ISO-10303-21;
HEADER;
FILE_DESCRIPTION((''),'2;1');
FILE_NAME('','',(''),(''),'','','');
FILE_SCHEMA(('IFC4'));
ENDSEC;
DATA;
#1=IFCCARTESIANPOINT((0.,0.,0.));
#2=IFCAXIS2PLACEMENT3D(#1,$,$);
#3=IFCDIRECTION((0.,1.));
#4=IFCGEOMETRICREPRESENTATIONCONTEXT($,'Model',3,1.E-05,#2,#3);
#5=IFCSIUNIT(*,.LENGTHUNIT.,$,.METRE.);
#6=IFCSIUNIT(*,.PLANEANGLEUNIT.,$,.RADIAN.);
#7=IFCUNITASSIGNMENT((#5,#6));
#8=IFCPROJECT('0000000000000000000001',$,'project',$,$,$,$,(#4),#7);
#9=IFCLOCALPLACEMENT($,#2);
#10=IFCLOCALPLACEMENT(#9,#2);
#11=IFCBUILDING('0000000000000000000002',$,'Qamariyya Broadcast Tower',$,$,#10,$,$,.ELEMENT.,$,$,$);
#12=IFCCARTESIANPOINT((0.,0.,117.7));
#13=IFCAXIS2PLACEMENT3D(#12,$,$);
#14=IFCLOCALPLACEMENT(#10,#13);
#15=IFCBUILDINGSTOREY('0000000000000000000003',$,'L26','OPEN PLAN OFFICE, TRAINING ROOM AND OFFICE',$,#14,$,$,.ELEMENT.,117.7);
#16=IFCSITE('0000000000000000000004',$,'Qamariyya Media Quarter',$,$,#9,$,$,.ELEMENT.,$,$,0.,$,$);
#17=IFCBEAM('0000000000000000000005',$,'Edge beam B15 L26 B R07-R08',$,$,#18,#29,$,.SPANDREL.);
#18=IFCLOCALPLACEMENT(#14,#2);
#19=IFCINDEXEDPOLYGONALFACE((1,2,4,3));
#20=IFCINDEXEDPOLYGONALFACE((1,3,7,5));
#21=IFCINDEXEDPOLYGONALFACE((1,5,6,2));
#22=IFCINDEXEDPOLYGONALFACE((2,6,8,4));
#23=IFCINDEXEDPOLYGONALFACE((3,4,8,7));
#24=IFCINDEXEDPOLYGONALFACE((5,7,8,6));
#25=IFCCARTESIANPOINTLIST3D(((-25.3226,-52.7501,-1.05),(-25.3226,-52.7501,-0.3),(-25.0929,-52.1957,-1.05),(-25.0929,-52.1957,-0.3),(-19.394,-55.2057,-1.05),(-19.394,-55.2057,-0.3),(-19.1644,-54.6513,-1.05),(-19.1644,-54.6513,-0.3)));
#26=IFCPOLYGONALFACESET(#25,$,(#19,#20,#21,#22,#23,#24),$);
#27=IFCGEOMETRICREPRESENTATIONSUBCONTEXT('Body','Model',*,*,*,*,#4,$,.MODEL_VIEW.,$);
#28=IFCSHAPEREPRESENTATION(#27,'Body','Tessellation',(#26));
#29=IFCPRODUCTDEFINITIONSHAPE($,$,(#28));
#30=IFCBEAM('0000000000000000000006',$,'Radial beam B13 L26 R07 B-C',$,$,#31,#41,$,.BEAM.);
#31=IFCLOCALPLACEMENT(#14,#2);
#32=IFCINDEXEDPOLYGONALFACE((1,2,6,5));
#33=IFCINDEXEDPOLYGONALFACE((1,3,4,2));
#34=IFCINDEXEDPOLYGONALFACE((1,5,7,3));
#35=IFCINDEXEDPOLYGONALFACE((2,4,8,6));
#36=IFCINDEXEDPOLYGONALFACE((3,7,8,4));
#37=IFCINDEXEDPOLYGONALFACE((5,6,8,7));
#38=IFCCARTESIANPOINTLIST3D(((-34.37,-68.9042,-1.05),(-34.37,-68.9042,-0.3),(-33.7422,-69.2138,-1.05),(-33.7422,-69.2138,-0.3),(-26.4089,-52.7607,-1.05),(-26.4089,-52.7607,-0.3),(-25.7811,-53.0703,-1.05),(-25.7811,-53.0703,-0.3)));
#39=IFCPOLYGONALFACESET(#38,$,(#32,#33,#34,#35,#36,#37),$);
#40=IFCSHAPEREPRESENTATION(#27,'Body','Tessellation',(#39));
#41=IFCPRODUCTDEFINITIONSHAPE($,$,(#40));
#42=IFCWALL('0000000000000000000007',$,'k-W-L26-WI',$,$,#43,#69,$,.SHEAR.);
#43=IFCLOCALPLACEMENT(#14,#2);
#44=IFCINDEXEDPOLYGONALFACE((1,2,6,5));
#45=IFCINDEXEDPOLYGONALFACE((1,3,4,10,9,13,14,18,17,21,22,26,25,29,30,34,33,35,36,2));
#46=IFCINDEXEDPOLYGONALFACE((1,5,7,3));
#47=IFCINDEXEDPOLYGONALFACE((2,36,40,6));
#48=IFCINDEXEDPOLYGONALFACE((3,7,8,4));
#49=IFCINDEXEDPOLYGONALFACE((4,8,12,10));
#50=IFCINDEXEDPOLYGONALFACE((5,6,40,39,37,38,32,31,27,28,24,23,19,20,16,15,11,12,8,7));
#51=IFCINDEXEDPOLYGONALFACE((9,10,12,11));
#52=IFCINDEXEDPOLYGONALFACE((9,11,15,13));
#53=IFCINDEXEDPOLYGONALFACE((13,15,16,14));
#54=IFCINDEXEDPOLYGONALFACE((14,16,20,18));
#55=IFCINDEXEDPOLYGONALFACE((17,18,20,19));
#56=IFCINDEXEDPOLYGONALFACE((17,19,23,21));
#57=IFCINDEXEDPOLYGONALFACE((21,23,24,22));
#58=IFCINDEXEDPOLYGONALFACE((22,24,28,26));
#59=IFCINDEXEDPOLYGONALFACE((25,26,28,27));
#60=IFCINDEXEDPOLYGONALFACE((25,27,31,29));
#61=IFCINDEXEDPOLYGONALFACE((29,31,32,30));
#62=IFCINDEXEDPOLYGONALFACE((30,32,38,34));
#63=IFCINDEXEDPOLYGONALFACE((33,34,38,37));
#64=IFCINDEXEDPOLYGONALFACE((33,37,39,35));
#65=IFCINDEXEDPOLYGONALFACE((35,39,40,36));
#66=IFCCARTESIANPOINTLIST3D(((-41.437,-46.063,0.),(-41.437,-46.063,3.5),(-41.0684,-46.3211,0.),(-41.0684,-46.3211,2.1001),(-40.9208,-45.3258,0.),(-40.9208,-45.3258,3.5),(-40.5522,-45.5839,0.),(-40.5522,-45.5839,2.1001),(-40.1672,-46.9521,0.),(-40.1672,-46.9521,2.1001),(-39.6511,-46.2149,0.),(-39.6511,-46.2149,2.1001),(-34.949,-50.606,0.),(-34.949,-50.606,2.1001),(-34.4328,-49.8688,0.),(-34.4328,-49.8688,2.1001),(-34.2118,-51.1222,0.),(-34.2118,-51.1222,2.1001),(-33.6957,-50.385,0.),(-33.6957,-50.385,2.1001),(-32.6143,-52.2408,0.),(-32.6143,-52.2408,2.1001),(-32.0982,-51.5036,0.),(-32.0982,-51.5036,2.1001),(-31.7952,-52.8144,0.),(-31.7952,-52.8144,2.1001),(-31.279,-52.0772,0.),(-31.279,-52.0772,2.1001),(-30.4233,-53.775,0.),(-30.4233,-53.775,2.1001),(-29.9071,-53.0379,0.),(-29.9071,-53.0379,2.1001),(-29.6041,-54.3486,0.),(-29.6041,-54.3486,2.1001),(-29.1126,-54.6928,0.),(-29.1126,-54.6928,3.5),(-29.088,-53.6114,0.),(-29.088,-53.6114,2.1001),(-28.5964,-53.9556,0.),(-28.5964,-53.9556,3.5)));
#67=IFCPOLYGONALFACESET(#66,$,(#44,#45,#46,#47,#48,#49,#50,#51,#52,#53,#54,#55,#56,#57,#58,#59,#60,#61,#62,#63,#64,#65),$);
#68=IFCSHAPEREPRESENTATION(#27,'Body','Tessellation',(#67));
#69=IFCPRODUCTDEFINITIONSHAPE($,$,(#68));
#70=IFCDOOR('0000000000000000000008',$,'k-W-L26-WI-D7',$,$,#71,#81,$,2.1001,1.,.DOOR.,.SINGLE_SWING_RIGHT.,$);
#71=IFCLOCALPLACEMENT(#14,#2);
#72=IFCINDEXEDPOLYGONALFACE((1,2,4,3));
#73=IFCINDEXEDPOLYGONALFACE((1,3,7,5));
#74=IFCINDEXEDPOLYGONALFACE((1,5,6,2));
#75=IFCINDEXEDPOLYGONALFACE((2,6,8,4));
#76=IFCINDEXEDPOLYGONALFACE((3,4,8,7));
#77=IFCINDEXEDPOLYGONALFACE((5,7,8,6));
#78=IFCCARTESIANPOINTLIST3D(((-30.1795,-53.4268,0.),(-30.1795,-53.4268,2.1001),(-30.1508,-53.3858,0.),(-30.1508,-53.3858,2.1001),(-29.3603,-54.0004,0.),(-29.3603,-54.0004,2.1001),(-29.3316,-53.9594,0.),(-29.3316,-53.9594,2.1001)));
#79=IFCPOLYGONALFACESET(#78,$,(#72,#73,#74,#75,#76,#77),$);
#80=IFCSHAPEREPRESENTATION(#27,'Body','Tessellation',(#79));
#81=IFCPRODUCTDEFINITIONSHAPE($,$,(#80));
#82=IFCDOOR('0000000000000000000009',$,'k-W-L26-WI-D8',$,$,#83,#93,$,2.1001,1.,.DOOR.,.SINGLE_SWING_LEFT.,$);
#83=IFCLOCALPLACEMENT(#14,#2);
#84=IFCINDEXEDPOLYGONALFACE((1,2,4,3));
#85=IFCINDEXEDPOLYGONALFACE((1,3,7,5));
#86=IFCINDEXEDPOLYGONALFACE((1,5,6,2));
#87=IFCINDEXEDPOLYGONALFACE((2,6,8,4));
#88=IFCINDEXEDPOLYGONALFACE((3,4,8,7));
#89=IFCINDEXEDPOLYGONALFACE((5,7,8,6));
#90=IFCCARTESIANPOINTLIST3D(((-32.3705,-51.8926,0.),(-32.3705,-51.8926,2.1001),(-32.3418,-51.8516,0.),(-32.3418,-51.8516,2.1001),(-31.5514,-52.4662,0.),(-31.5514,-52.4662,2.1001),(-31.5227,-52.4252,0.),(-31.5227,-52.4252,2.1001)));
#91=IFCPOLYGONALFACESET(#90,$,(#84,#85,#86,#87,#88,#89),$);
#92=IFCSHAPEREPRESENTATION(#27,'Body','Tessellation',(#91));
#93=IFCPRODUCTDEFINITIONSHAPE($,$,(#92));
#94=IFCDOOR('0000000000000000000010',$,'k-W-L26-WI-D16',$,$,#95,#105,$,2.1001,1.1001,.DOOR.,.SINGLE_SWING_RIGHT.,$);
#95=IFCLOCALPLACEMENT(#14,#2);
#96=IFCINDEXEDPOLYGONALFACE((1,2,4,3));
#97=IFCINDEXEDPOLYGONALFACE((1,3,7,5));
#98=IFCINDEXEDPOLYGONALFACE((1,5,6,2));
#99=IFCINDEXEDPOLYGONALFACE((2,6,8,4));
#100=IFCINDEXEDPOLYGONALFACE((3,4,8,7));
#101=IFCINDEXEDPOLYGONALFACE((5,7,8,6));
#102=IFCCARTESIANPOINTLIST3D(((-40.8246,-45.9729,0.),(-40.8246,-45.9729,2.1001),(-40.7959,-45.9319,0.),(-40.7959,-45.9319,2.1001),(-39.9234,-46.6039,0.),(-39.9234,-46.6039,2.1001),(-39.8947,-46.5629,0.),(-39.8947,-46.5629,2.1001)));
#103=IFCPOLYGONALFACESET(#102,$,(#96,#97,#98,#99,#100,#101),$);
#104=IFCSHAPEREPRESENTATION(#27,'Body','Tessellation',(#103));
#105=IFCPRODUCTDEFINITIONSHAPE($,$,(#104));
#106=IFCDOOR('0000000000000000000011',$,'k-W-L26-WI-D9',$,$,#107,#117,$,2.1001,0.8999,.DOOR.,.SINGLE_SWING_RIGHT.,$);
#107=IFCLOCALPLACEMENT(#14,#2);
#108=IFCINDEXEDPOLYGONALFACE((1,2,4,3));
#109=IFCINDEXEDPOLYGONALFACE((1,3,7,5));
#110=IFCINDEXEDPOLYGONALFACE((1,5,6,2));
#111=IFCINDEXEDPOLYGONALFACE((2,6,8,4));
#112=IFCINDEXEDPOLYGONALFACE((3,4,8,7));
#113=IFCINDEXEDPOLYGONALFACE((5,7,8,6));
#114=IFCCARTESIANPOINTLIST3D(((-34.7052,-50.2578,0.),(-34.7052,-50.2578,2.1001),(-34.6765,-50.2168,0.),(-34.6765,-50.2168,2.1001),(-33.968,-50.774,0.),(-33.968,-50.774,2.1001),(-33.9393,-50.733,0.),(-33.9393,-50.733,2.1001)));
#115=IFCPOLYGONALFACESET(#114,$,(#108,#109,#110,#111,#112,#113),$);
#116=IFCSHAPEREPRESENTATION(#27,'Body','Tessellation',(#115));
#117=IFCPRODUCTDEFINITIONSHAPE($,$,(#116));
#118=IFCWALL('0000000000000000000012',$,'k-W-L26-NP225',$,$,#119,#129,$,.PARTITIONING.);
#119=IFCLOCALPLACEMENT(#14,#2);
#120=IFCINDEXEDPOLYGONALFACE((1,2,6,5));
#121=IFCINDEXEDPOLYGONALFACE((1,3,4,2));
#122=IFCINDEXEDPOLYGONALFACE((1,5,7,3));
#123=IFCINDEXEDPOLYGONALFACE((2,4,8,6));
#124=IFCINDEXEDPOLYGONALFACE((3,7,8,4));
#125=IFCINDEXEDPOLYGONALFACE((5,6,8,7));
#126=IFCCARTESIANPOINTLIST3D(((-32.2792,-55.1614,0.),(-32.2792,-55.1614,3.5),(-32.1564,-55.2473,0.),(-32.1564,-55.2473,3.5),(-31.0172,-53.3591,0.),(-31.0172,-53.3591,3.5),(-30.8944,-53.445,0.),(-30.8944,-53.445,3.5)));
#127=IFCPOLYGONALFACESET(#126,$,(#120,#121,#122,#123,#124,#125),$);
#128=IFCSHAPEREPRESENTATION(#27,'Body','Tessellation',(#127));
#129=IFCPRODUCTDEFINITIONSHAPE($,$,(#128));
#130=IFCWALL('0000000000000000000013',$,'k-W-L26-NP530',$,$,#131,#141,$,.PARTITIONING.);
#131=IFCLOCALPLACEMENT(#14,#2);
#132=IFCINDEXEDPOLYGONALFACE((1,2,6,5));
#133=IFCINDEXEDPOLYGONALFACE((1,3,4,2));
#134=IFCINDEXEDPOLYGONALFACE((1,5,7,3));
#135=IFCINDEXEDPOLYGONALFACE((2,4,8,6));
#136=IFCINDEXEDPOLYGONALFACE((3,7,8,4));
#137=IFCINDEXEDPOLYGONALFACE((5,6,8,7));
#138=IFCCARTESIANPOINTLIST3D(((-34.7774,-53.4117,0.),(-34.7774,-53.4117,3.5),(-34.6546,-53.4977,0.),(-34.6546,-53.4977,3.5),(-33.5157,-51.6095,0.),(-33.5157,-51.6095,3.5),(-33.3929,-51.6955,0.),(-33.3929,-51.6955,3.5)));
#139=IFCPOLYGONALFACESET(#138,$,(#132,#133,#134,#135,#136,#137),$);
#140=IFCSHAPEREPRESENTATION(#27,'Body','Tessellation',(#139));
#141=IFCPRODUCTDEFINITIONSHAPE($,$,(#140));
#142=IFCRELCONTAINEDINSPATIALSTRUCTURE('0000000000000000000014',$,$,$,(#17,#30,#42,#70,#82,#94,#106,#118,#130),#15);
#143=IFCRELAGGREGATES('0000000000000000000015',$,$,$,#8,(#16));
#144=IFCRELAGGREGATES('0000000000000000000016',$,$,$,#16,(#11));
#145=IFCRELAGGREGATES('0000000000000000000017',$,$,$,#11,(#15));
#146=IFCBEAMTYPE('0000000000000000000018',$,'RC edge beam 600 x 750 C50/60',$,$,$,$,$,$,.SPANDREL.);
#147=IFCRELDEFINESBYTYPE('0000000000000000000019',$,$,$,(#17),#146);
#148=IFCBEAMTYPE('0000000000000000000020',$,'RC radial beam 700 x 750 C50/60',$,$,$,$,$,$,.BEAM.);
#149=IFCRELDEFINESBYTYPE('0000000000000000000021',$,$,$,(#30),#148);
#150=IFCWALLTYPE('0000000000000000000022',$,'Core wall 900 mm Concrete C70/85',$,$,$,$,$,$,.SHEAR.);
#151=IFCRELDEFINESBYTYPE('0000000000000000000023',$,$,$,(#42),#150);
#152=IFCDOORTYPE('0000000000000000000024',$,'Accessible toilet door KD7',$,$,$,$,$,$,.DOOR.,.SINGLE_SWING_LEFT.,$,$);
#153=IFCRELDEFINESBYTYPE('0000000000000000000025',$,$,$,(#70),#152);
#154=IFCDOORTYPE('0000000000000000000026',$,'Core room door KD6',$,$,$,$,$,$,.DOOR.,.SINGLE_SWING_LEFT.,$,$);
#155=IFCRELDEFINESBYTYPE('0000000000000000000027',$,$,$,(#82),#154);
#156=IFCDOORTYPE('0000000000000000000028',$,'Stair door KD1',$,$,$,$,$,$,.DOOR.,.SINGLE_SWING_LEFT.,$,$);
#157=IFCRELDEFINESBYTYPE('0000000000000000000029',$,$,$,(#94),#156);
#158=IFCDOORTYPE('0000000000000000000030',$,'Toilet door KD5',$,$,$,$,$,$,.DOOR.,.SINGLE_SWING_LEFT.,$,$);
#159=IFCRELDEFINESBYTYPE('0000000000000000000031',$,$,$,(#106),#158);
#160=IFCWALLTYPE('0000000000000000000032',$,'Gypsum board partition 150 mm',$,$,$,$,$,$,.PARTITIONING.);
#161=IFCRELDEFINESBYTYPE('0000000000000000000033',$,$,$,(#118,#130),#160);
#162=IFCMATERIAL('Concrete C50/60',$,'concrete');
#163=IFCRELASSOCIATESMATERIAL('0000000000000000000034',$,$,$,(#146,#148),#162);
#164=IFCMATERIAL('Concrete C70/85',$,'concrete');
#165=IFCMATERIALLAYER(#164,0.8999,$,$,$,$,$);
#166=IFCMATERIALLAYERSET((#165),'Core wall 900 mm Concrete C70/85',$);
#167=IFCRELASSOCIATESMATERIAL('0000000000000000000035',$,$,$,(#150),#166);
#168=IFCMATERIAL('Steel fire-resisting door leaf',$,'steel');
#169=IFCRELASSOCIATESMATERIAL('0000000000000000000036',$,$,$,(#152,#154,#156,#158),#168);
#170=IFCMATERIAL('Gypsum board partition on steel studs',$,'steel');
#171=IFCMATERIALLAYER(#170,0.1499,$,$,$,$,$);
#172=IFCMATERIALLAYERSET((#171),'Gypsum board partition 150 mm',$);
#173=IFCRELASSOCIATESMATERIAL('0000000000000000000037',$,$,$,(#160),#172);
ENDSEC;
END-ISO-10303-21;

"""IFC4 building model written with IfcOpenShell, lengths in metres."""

from ifc_helpers import new_model, si_unit, direction, frame, frame_2d, origin, origin_2d, place, context, subcontext, project, spatial, rectangle, extrude, material, layer, layer_set, material_profile, profile_set, type_object, element, fill, save


model = new_model("IFC4")

# Units and contexts
model_context = context("Model", 3, precision=1e-05, world=origin(), true_north=direction((0.0, 1.0)))
body_context = subcontext(model_context, "Body", "Model", "MODEL_VIEW")
ifc_project = project(units=[si_unit("LENGTHUNIT", "METRE"), si_unit("PLANEANGLEUNIT", "RADIAN")], contexts=[model_context])

# Site, building, storey
site_placement = place(None, origin())
site = spatial("IfcSite", under=ifc_project, at=site_placement, Name="Qamariyya Media Quarter", CompositionType="ELEMENT", RefElevation=0.0)
building_placement = place(site_placement, origin())
building = spatial("IfcBuilding", under=site, at=building_placement, Name="Qamariyya Broadcast Tower", CompositionType="ELEMENT")
storey_placement = place(building_placement, frame((0.0, 0.0, 117.7)))
storey = spatial("IfcBuildingStorey", under=building, at=storey_placement, Name="L26", Description="OPEN PLAN OFFICE, TRAINING ROOM AND OFFICE", CompositionType="ELEMENT", Elevation=117.7)

# Beams
ifc_material_1 = material(Name="Concrete C50/60", Category="concrete")
ifc_material_profile_1 = material_profile(ifc_material_1, rectangle(XDim=0.6001, YDim=0.75, at=origin_2d()))
ifc_profile_set_1 = profile_set([ifc_material_profile_1], Name="Concrete C50/60")
beam_type_1 = type_object("IfcBeamType", Name="RC edge beam 600 x 750 C50/60", PredefinedType="SPANDREL", material=ifc_profile_set_1)
beam_1_placement = place(storey_placement, frame((-25.2078, -52.4729, -0.675), z_axis=(0.923884, -0.382672, 0.0), x_axis=(0.382672, 0.923884, 0.0)))
element("IfcBeam", 1, at=beam_1_placement, inside=storey, type_object=beam_type_1, Name="Edge beam B15 L26 B R07-R08", PredefinedType="SPANDREL", context=body_context, shape_type="SweptSolid", body=[
    extrude(rectangle(XDim=0.6001, YDim=0.75, at=origin_2d()), origin(), (0.0, 0.0, 1.0), 6.417),
])
ifc_material_profile_2 = material_profile(ifc_material_1, rectangle(XDim=0.7, YDim=0.75, at=origin_2d()))
ifc_profile_set_2 = profile_set([ifc_material_profile_2], Name="Concrete C50/60")
beam_type_2 = type_object("IfcBeamType", Name="RC radial beam 700 x 750 C50/60", PredefinedType="BEAM", material=ifc_profile_set_2)
beam_2_placement = place(storey_placement, frame((-26.095, -52.9155, -0.675), z_axis=(-0.442291, -0.896871, 0.0), x_axis=(0.896871, -0.442291, 0.0)))
element("IfcBeam", 2, at=beam_2_placement, inside=storey, type_object=beam_type_2, Name="Radial beam B13 L26 R07 B-C", PredefinedType="BEAM", context=body_context, shape_type="SweptSolid", body=[
    extrude(rectangle(XDim=0.7, YDim=0.75, at=origin_2d()), origin(), (0.0, 0.0, 1.0), 17.9998),
])

# Wall, openings, doors
ifc_material_2 = material(Name="Concrete C70/85", Category="concrete")
ifc_layer_1 = layer(ifc_material_2, 0.8999)
ifc_layer_set_1 = layer_set([ifc_layer_1], Name="Core wall 900 mm Concrete C70/85")
wall_type_1 = type_object("IfcWallType", Name="Core wall 900 mm Concrete C70/85", PredefinedType="SHEAR", material=ifc_layer_set_1)
wall_1_placement = place(storey_placement, frame((-28.8545, -54.3242, 0.0), z_axis=(0.0, 0.0, 1.0), x_axis=(-0.819146, 0.573585, 0.0)))
wall_1 = element("IfcWall", 3, at=wall_1_placement, inside=storey, type_object=wall_type_1, Name="k-W-L26-WI", PredefinedType="SHEAR", context=body_context, shape_type="SweptSolid", body=[
    extrude(rectangle(XDim=15.0454, YDim=0.8999, at=frame_2d((7.5227, 0.0))), origin(), (0.0, 0.0, 1.0), 3.5),
])
opening_1_placement = place(wall_1_placement, frame((0.6001, 0.0, 0.0)))
opening_1 = element("IfcOpeningElement", 4, at=opening_1_placement, cuts=wall_1, PredefinedType="OPENING", context=body_context, shape_type="SweptSolid", body=[
    extrude(rectangle(XDim=1.0, YDim=2.1001, at=frame_2d((0.5, 1.05))), frame((0.0, 0.46, 0.0), z_axis=(0.0, -1.0, 0.0), x_axis=(1.0, 0.0, 0.0)), (0.0, 0.0, 1.0), 0.9199),
])
opening_2_placement = place(wall_1_placement, frame((3.2749, 0.0, 0.0)))
opening_2 = element("IfcOpeningElement", 5, at=opening_2_placement, cuts=wall_1, PredefinedType="OPENING", context=body_context, shape_type="SweptSolid", body=[
    extrude(rectangle(XDim=1.0, YDim=2.1001, at=frame_2d((0.5, 1.05))), frame((0.0, 0.46, 0.0), z_axis=(0.0, -1.0, 0.0), x_axis=(1.0, 0.0, 0.0)), (0.0, 0.0, 1.0), 0.9199),
])
opening_3_placement = place(wall_1_placement, frame((6.2251, 0.0, 0.0)))
opening_3 = element("IfcOpeningElement", 6, at=opening_3_placement, cuts=wall_1, PredefinedType="OPENING", context=body_context, shape_type="SweptSolid", body=[
    extrude(rectangle(XDim=0.8999, YDim=2.1001, at=frame_2d((0.45, 1.05))), frame((0.0, 0.46, 0.0), z_axis=(0.0, -1.0, 0.0), x_axis=(1.0, 0.0, 0.0)), (0.0, 0.0, 1.0), 0.9199),
])
opening_4_placement = place(wall_1_placement, frame((13.4954, 0.0, 0.0)))
opening_4 = element("IfcOpeningElement", 7, at=opening_4_placement, cuts=wall_1, PredefinedType="OPENING", context=body_context, shape_type="SweptSolid", body=[
    extrude(rectangle(XDim=1.1001, YDim=2.1001, at=frame_2d((0.55, 1.05))), frame((0.0, 0.46, 0.0), z_axis=(0.0, -1.0, 0.0), x_axis=(1.0, 0.0, 0.0)), (0.0, 0.0, 1.0), 0.9199),
])
ifc_material_3 = material(Name="Steel fire-resisting door leaf", Category="steel")
door_type_1 = type_object("IfcDoorType", Name="Accessible toilet door KD7", OperationType="SINGLE_SWING_LEFT", PredefinedType="DOOR", material=ifc_material_3)
door_1_placement = place(opening_1_placement, origin())
door_1 = element("IfcDoor", 8, at=door_1_placement, inside=storey, type_object=door_type_1, Name="k-W-L26-WI-D7", OperationType="SINGLE_SWING_RIGHT", OverallHeight=2.1001, OverallWidth=1.0, PredefinedType="DOOR", context=body_context, shape_type="SweptSolid", body=[
    extrude(rectangle(XDim=1.0, YDim=2.1001, at=frame_2d((0.5, 1.05))), frame((0.0, 0.0249, 0.0), z_axis=(0.0, -1.0, 0.0), x_axis=(1.0, 0.0, 0.0)), (0.0, 0.0, 1.0), 0.05),
])
fill(opening_1, door_1)
door_type_2 = type_object("IfcDoorType", Name="Core room door KD6", OperationType="SINGLE_SWING_LEFT", PredefinedType="DOOR", material=ifc_material_3)
door_2_placement = place(opening_2_placement, origin())
door_2 = element("IfcDoor", 9, at=door_2_placement, inside=storey, type_object=door_type_2, Name="k-W-L26-WI-D8", OperationType="SINGLE_SWING_LEFT", OverallHeight=2.1001, OverallWidth=1.0, PredefinedType="DOOR", context=body_context, shape_type="SweptSolid", body=[
    extrude(rectangle(XDim=1.0, YDim=2.1001, at=frame_2d((0.5, 1.05))), frame((0.0, 0.0249, 0.0), z_axis=(0.0, -1.0, 0.0), x_axis=(1.0, 0.0, 0.0)), (0.0, 0.0, 1.0), 0.05),
])
fill(opening_2, door_2)
door_type_3 = type_object("IfcDoorType", Name="Stair door KD1", OperationType="SINGLE_SWING_LEFT", PredefinedType="DOOR", material=ifc_material_3)
door_3_placement = place(opening_4_placement, origin())
door_3 = element("IfcDoor", 10, at=door_3_placement, inside=storey, type_object=door_type_3, Name="k-W-L26-WI-D16", OperationType="SINGLE_SWING_RIGHT", OverallHeight=2.1001, OverallWidth=1.1001, PredefinedType="DOOR", context=body_context, shape_type="SweptSolid", body=[
    extrude(rectangle(XDim=1.1001, YDim=2.1001, at=frame_2d((0.55, 1.05))), frame((0.0, 0.0249, 0.0), z_axis=(0.0, -1.0, 0.0), x_axis=(1.0, 0.0, 0.0)), (0.0, 0.0, 1.0), 0.05),
])
fill(opening_4, door_3)
door_type_4 = type_object("IfcDoorType", Name="Toilet door KD5", OperationType="SINGLE_SWING_LEFT", PredefinedType="DOOR", material=ifc_material_3)
door_4_placement = place(opening_3_placement, origin())
door_4 = element("IfcDoor", 11, at=door_4_placement, inside=storey, type_object=door_type_4, Name="k-W-L26-WI-D9", OperationType="SINGLE_SWING_RIGHT", OverallHeight=2.1001, OverallWidth=0.8999, PredefinedType="DOOR", context=body_context, shape_type="SweptSolid", body=[
    extrude(rectangle(XDim=0.8999, YDim=2.1001, at=frame_2d((0.45, 1.05))), frame((0.0, 0.0249, 0.0), z_axis=(0.0, -1.0, 0.0), x_axis=(1.0, 0.0, 0.0)), (0.0, 0.0, 1.0), 0.05),
])
fill(opening_3, door_4)

# Walls
ifc_material_4 = material(Name="Gypsum board partition on steel studs", Category="steel")
ifc_layer_2 = layer(ifc_material_4, 0.1499)
ifc_layer_set_2 = layer_set([ifc_layer_2], Name="Gypsum board partition 150 mm")
wall_type_2 = type_object("IfcWallType", Name="Gypsum board partition 150 mm", PredefinedType="PARTITIONING", material=ifc_layer_set_2)
wall_2_placement = place(storey_placement, frame((-32.2178, -55.2043, 0.0), z_axis=(0.0, 0.0, 1.0), x_axis=(0.573581, 0.819149, 0.0)))
element("IfcWall", 12, at=wall_2_placement, inside=storey, type_object=wall_type_2, Name="k-W-L26-NP225", PredefinedType="PARTITIONING", context=body_context, shape_type="SweptSolid", body=[
    extrude(rectangle(XDim=2.2002, YDim=0.1499, at=frame_2d((1.1001, 0.0))), origin(), (0.0, 0.0, 1.0), 3.5),
])
wall_3_placement = place(storey_placement, frame((-34.7161, -53.4548, 0.0), z_axis=(0.0, 0.0, 1.0), x_axis=(0.573507, 0.819201, 0.0)))
element("IfcWall", 13, at=wall_3_placement, inside=storey, type_object=wall_type_2, Name="k-W-L26-NP530", PredefinedType="PARTITIONING", context=body_context, shape_type="SweptSolid", body=[
    extrude(rectangle(XDim=2.2, YDim=0.1499, at=frame_2d((1.1001, 0.0))), origin(), (0.0, 0.0, 1.0), 3.5),
])

save(model, "model.ifc")
